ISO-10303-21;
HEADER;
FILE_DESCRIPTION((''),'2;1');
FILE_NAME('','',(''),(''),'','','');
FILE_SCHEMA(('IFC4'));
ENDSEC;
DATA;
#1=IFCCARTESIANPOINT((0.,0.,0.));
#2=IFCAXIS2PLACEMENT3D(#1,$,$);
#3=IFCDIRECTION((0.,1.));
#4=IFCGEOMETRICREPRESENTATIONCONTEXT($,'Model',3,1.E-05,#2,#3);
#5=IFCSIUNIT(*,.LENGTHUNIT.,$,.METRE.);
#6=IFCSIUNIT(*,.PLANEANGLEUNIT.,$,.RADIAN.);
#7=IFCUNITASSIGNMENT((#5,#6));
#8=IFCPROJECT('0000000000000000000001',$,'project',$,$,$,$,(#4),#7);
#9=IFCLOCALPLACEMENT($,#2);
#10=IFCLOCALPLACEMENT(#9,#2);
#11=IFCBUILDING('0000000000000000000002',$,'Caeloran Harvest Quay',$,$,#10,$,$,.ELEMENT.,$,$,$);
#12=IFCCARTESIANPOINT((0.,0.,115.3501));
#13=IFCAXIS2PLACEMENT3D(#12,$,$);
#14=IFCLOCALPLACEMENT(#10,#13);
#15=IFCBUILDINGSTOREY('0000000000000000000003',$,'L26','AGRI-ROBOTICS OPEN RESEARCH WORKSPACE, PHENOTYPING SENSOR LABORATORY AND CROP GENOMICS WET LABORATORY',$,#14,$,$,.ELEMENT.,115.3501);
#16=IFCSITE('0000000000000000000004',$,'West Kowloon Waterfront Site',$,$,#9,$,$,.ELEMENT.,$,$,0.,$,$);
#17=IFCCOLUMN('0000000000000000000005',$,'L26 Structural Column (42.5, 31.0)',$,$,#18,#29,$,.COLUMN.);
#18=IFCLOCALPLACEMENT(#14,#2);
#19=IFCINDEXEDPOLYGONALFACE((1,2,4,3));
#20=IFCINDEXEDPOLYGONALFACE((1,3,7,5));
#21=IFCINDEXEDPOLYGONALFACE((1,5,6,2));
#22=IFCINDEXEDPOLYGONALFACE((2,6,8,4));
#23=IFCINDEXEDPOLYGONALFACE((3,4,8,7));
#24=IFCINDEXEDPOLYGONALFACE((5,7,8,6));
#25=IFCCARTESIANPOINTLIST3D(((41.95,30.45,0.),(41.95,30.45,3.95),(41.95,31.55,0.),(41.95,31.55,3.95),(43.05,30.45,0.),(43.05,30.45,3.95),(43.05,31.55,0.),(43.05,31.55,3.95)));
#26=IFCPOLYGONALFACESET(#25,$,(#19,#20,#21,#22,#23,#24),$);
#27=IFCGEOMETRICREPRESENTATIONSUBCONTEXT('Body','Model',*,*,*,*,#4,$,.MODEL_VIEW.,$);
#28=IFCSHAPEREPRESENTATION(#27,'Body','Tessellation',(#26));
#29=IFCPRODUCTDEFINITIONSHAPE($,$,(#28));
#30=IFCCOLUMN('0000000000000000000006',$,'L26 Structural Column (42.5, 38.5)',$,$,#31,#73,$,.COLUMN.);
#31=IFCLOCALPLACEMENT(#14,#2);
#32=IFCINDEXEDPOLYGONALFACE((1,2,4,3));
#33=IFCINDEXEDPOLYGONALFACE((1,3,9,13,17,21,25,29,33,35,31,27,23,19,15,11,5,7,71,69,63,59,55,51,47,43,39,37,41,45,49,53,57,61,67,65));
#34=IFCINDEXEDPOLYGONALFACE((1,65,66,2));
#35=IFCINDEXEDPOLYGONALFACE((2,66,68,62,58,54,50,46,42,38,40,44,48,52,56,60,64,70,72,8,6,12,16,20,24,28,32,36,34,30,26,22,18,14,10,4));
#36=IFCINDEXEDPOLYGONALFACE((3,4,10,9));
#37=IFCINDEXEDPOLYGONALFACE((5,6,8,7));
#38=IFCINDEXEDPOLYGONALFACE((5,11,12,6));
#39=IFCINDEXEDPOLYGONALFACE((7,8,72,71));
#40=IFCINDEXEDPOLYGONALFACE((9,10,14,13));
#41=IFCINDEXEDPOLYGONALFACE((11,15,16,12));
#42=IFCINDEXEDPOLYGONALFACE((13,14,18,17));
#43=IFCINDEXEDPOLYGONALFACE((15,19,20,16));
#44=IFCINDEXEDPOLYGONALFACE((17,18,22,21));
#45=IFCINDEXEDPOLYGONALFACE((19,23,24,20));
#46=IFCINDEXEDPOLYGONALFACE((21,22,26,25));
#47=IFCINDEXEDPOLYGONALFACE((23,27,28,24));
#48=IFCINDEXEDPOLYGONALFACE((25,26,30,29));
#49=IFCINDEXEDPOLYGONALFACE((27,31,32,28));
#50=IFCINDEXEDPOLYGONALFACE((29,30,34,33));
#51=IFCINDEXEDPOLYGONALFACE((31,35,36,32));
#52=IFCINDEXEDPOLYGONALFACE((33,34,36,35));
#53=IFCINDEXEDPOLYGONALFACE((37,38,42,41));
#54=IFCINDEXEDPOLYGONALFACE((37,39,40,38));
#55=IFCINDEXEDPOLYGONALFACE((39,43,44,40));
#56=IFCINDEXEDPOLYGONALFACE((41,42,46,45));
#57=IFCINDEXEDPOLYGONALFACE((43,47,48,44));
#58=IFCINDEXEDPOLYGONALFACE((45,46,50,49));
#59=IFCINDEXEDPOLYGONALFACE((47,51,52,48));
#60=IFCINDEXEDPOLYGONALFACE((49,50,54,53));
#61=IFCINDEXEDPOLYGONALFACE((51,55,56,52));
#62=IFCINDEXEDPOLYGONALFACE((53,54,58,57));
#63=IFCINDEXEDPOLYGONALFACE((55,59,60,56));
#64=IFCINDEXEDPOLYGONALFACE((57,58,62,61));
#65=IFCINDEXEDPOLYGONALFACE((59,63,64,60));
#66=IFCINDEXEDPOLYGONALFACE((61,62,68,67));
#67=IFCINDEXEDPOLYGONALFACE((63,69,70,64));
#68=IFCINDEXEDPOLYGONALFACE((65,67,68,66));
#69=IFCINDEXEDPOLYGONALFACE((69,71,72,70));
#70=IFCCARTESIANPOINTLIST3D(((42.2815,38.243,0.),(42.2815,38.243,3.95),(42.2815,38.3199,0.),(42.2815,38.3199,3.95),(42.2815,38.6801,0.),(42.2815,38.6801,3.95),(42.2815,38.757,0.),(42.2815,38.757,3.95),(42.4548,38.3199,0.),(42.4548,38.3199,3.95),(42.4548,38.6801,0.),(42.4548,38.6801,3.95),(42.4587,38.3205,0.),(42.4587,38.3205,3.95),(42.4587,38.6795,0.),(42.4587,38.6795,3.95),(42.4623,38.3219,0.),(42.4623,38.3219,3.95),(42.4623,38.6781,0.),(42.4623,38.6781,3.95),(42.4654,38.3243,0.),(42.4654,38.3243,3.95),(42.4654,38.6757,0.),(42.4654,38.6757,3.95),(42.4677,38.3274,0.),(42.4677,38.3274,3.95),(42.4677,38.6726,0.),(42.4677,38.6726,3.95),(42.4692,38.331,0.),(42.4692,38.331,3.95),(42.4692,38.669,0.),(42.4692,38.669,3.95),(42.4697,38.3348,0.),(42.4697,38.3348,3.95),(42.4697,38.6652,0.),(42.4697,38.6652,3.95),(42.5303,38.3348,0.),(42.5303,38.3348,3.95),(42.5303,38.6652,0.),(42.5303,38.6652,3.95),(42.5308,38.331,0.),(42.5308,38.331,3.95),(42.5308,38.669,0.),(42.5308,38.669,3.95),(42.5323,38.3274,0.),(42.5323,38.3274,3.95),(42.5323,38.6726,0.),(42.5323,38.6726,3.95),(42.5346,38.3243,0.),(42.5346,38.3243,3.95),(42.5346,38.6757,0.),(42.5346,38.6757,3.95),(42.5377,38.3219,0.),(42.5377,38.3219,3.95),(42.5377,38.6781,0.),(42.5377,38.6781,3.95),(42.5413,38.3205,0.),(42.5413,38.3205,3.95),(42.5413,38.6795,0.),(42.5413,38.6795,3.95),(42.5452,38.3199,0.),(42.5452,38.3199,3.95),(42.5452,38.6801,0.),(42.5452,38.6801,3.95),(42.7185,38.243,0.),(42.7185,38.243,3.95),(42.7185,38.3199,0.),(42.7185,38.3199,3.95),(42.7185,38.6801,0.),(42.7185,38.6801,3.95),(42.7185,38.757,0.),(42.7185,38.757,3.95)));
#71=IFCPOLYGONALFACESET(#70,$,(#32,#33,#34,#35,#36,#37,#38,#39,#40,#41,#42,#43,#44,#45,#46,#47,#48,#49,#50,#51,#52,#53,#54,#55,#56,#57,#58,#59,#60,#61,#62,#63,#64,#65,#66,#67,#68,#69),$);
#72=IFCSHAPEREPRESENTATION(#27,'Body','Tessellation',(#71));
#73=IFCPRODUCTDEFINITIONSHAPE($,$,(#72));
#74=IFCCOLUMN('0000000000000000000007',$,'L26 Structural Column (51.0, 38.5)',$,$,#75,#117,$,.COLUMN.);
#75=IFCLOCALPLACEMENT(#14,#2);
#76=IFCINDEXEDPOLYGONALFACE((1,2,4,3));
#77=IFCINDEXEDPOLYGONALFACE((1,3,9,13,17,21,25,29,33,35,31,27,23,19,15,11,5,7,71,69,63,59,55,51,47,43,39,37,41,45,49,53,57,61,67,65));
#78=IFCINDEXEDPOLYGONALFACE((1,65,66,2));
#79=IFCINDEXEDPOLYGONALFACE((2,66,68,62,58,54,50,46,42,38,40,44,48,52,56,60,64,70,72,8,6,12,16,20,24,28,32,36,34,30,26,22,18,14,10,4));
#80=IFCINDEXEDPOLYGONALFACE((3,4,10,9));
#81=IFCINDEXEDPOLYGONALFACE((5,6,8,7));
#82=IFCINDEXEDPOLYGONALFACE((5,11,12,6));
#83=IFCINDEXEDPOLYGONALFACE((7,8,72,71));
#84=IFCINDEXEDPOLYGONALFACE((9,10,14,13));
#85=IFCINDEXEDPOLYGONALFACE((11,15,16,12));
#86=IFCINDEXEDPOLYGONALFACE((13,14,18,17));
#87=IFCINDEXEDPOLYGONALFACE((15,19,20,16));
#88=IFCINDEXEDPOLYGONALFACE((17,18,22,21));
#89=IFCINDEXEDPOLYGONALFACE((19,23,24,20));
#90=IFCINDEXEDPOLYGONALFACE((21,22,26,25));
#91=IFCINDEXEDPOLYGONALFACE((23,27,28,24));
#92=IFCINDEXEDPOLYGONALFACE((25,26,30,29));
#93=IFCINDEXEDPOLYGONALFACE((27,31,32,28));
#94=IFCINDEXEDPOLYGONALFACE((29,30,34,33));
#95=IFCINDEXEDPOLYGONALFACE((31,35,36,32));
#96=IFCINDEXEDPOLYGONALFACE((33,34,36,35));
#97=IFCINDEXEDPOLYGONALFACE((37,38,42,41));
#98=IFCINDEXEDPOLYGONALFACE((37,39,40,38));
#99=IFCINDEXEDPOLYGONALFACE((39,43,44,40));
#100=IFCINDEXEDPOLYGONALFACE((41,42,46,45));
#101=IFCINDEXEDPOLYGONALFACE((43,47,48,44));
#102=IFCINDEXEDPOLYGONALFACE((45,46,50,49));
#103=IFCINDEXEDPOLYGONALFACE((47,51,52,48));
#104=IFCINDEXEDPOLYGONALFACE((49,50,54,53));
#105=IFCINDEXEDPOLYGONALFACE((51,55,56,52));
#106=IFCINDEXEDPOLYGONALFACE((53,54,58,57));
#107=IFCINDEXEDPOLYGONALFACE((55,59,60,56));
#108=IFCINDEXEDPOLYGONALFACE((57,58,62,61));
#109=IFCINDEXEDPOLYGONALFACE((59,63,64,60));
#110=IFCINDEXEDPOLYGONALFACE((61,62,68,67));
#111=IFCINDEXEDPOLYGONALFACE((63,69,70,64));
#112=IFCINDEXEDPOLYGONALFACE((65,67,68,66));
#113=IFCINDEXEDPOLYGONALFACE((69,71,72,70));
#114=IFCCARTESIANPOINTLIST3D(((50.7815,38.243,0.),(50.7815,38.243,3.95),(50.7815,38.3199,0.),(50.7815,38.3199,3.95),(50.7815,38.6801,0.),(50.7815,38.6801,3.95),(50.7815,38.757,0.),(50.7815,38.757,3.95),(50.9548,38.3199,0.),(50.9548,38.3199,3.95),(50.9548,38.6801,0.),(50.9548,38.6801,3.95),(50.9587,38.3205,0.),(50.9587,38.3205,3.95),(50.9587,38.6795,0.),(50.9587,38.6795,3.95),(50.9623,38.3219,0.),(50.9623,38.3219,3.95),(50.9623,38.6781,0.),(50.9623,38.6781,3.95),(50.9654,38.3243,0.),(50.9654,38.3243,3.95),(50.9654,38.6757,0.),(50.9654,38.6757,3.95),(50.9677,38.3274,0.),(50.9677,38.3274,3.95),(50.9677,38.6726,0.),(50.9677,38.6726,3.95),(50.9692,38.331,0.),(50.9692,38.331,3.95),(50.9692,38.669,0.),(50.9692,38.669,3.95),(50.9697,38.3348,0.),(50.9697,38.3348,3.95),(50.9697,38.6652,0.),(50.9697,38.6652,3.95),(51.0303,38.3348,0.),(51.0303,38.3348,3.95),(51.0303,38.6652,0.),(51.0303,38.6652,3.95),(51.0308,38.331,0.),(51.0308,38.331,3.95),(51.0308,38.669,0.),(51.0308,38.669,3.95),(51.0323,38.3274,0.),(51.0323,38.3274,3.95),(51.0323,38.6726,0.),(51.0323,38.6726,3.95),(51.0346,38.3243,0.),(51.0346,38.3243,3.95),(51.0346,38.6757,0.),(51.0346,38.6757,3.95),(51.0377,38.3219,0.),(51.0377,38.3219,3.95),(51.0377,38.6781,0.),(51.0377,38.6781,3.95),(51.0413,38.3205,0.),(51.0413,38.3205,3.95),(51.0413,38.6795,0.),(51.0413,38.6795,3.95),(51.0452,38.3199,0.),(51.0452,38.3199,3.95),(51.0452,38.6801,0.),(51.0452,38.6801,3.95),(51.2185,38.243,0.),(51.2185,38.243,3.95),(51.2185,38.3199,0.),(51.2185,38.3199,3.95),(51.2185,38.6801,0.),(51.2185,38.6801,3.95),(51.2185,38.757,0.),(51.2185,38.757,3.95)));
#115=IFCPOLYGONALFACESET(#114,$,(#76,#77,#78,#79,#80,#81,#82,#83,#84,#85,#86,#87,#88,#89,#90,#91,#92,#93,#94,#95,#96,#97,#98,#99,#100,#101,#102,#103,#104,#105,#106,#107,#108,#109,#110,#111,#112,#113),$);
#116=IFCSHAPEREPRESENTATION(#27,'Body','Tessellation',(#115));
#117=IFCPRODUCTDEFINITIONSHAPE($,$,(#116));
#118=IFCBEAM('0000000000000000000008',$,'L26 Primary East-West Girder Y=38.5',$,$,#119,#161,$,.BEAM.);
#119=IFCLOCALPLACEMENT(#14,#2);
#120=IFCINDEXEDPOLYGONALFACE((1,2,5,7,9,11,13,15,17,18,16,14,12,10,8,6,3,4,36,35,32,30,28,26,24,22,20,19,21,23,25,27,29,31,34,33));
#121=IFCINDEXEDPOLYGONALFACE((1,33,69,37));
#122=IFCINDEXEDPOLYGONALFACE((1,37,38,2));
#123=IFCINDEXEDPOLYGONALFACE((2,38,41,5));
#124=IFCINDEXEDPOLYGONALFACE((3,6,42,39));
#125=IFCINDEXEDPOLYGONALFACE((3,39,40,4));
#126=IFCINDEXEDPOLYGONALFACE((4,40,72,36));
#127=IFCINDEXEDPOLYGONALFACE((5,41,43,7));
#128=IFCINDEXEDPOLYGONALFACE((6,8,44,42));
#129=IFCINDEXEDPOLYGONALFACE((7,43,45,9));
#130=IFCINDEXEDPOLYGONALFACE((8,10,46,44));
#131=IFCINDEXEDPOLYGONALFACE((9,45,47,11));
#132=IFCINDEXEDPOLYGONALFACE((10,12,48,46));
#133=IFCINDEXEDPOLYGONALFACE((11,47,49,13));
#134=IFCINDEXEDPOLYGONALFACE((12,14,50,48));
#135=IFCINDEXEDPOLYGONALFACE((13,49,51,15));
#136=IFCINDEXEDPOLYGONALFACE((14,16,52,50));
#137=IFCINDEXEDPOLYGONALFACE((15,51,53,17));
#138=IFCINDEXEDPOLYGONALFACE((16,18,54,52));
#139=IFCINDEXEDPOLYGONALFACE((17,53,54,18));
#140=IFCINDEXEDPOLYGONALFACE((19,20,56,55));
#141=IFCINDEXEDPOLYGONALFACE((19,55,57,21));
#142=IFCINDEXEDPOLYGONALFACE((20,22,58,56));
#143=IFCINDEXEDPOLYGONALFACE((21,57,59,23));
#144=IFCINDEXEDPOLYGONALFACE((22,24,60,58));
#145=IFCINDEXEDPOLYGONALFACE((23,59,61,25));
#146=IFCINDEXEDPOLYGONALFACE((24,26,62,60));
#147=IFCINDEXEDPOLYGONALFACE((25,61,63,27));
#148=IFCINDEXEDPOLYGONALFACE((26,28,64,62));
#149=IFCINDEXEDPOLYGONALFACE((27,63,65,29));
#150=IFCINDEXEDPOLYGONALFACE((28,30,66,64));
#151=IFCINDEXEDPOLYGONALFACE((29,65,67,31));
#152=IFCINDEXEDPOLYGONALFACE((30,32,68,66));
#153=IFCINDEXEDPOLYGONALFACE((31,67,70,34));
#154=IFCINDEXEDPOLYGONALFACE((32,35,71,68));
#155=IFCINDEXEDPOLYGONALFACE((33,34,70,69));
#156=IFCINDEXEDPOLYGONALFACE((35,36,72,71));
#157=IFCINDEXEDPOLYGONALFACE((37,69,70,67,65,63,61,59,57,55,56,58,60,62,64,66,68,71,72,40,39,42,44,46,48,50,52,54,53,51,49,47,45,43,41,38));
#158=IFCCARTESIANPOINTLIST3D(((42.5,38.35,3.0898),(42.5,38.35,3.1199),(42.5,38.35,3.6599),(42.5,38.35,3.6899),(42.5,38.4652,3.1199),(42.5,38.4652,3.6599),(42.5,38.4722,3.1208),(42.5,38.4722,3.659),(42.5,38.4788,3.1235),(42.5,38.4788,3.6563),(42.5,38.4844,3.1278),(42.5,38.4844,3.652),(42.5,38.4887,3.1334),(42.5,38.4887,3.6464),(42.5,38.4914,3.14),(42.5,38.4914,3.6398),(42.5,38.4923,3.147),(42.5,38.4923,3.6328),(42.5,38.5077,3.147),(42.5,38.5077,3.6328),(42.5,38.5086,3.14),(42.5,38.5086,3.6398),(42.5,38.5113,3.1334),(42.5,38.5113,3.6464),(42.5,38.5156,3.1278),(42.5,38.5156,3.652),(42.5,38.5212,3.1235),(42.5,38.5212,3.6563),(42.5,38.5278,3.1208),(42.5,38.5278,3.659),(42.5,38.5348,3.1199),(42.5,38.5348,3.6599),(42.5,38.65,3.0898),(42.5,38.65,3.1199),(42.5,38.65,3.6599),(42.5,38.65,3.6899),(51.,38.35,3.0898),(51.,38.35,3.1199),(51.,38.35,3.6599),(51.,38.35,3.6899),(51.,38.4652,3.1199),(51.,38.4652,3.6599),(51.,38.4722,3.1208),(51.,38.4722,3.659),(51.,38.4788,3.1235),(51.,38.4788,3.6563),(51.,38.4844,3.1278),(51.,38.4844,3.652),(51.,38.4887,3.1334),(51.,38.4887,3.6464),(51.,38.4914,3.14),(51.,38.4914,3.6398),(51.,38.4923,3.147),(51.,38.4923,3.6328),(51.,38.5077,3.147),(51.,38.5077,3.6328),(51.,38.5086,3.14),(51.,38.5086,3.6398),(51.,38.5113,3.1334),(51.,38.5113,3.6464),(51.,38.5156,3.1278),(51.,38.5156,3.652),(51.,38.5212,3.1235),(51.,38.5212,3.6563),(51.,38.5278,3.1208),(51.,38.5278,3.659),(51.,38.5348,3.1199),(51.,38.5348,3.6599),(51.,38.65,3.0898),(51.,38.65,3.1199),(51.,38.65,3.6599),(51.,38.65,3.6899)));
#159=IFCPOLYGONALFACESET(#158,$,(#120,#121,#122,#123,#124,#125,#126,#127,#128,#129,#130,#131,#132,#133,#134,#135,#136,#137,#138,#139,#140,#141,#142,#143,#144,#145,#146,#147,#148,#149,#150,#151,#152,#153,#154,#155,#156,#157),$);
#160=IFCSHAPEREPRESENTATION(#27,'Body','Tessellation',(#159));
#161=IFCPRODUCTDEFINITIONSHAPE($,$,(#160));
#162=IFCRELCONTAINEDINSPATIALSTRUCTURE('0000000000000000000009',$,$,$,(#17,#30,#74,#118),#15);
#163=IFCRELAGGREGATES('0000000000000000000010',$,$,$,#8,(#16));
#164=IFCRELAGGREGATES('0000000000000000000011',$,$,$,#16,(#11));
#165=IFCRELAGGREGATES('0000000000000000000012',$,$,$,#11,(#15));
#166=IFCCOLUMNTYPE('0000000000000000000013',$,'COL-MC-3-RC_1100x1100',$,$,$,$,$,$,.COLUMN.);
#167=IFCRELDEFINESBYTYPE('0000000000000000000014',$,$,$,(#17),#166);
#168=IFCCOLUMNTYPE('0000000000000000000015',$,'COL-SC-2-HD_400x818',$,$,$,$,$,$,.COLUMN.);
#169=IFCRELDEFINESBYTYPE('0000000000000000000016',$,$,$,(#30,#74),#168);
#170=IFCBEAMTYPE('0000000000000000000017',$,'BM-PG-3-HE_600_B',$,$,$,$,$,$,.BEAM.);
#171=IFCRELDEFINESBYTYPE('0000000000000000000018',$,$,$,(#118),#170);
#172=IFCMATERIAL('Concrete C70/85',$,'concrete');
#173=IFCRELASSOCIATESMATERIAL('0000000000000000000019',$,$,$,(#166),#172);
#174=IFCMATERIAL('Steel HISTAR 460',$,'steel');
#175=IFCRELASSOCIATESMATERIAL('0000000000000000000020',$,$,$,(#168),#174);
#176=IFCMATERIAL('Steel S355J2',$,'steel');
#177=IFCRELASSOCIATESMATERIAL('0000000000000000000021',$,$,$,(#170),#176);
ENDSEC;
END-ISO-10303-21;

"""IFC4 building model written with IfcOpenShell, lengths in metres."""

from ifc_helpers import new_model, si_unit, direction, frame, origin, origin_2d, place, context, subcontext, project, spatial, rectangle, i_section, extrude, material, material_profile, profile_set, type_object, element, save


model = new_model("IFC4")

# Units and contexts
model_context = context("Model", 3, precision=1e-05, world=origin(), true_north=direction((0.0, 1.0)))
body_context = subcontext(model_context, "Body", "Model", "MODEL_VIEW")
ifc_project = project(units=[si_unit("LENGTHUNIT", "METRE"), si_unit("PLANEANGLEUNIT", "RADIAN")], contexts=[model_context])

# Site, building, storey
site_placement = place(None, origin())
site = spatial("IfcSite", under=ifc_project, at=site_placement, Name="West Kowloon Waterfront Site", CompositionType="ELEMENT", RefElevation=0.0)
building_placement = place(site_placement, origin())
building = spatial("IfcBuilding", under=site, at=building_placement, Name="Caeloran Harvest Quay", CompositionType="ELEMENT")
storey_placement = place(building_placement, frame((0.0, 0.0, 115.3501)))
storey = spatial("IfcBuildingStorey", under=building, at=storey_placement, Name="L26", Description="AGRI-ROBOTICS OPEN RESEARCH WORKSPACE, PHENOTYPING SENSOR LABORATORY AND CROP GENOMICS WET LABORATORY", CompositionType="ELEMENT", Elevation=115.3501)

# Columns
ifc_material_1 = material(Name="Concrete C70/85", Category="concrete")
ifc_material_profile_1 = material_profile(ifc_material_1, rectangle(XDim=1.1001, YDim=1.1001, at=origin_2d()), Name="RC 1100x1100")
ifc_profile_set_1 = profile_set([ifc_material_profile_1], Name="Concrete C70/85")
column_type_1 = type_object("IfcColumnType", Name="COL-MC-3-RC_1100x1100", PredefinedType="COLUMN", material=ifc_profile_set_1)
column_placement = place(storey_placement, frame((42.5, 31.0, 0.0), z_axis=(0.0, 0.0, 1.0), x_axis=(1.0, 0.0, 0.0)))
element("IfcColumn", 1, at=column_placement, inside=storey, type_object=column_type_1, Name="L26 Structural Column (42.5, 31.0)", PredefinedType="COLUMN", context=body_context, shape_type="SweptSolid", body=[
    extrude(rectangle(XDim=1.1001, YDim=1.1001, at=origin_2d()), origin(), (0.0, 0.0, 1.0), 3.95),
])
ifc_material_2 = material(Name="Steel HISTAR 460", Category="steel")
ifc_material_profile_2 = material_profile(ifc_material_2, i_section(OverallWidth=0.437, OverallDepth=0.5139, WebThickness=0.0605, FlangeThickness=0.0769, FilletRadius=0.0149, at=origin_2d()), Name="HD 400x818")
ifc_profile_set_2 = profile_set([ifc_material_profile_2], Name="Steel HISTAR 460")
column_type_2 = type_object("IfcColumnType", Name="COL-SC-2-HD_400x818", PredefinedType="COLUMN", material=ifc_profile_set_2)
for number, where, z_axis, x_axis, name in (
    (2, (42.5, 38.5, 0.0), (0.0, 0.0, 1.0), (1.0, 0.0, 0.0), "L26 Structural Column (42.5, 38.5)"),
    (3, (51.0, 38.5, 0.0), (0.0, 0.0, 1.0), (1.0, 0.0, 0.0), "L26 Structural Column (51.0, 38.5)"),
):
    element("IfcColumn", number, at=place(storey_placement, frame(where, z_axis=z_axis, x_axis=x_axis)), inside=storey, type_object=column_type_2, Name=name, PredefinedType="COLUMN", context=body_context, shape_type="SweptSolid", body=[
        extrude(i_section(OverallWidth=0.437, OverallDepth=0.5139, WebThickness=0.0605, FlangeThickness=0.0769, FilletRadius=0.0149, at=origin_2d()), origin(), (0.0, 0.0, 1.0), 3.95),
    ])

# Beam
ifc_material_3 = material(Name="Steel S355J2", Category="steel")
ifc_material_profile_3 = material_profile(ifc_material_3, i_section(OverallWidth=0.3, OverallDepth=0.6001, WebThickness=0.0154, FlangeThickness=0.03, FilletRadius=0.0271, at=origin_2d()), Name="HE 600 B")
ifc_profile_set_3 = profile_set([ifc_material_profile_3], Name="Steel S355J2")
beam_type = type_object("IfcBeamType", Name="BM-PG-3-HE_600_B", PredefinedType="BEAM", material=ifc_profile_set_3)
beam_1_placement = place(storey_placement, frame((42.5, 38.5, 3.3899), z_axis=(1.0, 0.0, 0.0), x_axis=(0.0, 1.0, 0.0)))
element("IfcBeam", 4, at=beam_1_placement, inside=storey, type_object=beam_type, Name="L26 Primary East-West Girder Y=38.5", PredefinedType="BEAM", context=body_context, shape_type="SweptSolid", body=[
    extrude(i_section(OverallWidth=0.3, OverallDepth=0.6001, WebThickness=0.0154, FlangeThickness=0.03, FilletRadius=0.0271, at=origin_2d()), origin(), (0.0, 0.0, 1.0), 8.5),
])

save(model, "model.ifc")
